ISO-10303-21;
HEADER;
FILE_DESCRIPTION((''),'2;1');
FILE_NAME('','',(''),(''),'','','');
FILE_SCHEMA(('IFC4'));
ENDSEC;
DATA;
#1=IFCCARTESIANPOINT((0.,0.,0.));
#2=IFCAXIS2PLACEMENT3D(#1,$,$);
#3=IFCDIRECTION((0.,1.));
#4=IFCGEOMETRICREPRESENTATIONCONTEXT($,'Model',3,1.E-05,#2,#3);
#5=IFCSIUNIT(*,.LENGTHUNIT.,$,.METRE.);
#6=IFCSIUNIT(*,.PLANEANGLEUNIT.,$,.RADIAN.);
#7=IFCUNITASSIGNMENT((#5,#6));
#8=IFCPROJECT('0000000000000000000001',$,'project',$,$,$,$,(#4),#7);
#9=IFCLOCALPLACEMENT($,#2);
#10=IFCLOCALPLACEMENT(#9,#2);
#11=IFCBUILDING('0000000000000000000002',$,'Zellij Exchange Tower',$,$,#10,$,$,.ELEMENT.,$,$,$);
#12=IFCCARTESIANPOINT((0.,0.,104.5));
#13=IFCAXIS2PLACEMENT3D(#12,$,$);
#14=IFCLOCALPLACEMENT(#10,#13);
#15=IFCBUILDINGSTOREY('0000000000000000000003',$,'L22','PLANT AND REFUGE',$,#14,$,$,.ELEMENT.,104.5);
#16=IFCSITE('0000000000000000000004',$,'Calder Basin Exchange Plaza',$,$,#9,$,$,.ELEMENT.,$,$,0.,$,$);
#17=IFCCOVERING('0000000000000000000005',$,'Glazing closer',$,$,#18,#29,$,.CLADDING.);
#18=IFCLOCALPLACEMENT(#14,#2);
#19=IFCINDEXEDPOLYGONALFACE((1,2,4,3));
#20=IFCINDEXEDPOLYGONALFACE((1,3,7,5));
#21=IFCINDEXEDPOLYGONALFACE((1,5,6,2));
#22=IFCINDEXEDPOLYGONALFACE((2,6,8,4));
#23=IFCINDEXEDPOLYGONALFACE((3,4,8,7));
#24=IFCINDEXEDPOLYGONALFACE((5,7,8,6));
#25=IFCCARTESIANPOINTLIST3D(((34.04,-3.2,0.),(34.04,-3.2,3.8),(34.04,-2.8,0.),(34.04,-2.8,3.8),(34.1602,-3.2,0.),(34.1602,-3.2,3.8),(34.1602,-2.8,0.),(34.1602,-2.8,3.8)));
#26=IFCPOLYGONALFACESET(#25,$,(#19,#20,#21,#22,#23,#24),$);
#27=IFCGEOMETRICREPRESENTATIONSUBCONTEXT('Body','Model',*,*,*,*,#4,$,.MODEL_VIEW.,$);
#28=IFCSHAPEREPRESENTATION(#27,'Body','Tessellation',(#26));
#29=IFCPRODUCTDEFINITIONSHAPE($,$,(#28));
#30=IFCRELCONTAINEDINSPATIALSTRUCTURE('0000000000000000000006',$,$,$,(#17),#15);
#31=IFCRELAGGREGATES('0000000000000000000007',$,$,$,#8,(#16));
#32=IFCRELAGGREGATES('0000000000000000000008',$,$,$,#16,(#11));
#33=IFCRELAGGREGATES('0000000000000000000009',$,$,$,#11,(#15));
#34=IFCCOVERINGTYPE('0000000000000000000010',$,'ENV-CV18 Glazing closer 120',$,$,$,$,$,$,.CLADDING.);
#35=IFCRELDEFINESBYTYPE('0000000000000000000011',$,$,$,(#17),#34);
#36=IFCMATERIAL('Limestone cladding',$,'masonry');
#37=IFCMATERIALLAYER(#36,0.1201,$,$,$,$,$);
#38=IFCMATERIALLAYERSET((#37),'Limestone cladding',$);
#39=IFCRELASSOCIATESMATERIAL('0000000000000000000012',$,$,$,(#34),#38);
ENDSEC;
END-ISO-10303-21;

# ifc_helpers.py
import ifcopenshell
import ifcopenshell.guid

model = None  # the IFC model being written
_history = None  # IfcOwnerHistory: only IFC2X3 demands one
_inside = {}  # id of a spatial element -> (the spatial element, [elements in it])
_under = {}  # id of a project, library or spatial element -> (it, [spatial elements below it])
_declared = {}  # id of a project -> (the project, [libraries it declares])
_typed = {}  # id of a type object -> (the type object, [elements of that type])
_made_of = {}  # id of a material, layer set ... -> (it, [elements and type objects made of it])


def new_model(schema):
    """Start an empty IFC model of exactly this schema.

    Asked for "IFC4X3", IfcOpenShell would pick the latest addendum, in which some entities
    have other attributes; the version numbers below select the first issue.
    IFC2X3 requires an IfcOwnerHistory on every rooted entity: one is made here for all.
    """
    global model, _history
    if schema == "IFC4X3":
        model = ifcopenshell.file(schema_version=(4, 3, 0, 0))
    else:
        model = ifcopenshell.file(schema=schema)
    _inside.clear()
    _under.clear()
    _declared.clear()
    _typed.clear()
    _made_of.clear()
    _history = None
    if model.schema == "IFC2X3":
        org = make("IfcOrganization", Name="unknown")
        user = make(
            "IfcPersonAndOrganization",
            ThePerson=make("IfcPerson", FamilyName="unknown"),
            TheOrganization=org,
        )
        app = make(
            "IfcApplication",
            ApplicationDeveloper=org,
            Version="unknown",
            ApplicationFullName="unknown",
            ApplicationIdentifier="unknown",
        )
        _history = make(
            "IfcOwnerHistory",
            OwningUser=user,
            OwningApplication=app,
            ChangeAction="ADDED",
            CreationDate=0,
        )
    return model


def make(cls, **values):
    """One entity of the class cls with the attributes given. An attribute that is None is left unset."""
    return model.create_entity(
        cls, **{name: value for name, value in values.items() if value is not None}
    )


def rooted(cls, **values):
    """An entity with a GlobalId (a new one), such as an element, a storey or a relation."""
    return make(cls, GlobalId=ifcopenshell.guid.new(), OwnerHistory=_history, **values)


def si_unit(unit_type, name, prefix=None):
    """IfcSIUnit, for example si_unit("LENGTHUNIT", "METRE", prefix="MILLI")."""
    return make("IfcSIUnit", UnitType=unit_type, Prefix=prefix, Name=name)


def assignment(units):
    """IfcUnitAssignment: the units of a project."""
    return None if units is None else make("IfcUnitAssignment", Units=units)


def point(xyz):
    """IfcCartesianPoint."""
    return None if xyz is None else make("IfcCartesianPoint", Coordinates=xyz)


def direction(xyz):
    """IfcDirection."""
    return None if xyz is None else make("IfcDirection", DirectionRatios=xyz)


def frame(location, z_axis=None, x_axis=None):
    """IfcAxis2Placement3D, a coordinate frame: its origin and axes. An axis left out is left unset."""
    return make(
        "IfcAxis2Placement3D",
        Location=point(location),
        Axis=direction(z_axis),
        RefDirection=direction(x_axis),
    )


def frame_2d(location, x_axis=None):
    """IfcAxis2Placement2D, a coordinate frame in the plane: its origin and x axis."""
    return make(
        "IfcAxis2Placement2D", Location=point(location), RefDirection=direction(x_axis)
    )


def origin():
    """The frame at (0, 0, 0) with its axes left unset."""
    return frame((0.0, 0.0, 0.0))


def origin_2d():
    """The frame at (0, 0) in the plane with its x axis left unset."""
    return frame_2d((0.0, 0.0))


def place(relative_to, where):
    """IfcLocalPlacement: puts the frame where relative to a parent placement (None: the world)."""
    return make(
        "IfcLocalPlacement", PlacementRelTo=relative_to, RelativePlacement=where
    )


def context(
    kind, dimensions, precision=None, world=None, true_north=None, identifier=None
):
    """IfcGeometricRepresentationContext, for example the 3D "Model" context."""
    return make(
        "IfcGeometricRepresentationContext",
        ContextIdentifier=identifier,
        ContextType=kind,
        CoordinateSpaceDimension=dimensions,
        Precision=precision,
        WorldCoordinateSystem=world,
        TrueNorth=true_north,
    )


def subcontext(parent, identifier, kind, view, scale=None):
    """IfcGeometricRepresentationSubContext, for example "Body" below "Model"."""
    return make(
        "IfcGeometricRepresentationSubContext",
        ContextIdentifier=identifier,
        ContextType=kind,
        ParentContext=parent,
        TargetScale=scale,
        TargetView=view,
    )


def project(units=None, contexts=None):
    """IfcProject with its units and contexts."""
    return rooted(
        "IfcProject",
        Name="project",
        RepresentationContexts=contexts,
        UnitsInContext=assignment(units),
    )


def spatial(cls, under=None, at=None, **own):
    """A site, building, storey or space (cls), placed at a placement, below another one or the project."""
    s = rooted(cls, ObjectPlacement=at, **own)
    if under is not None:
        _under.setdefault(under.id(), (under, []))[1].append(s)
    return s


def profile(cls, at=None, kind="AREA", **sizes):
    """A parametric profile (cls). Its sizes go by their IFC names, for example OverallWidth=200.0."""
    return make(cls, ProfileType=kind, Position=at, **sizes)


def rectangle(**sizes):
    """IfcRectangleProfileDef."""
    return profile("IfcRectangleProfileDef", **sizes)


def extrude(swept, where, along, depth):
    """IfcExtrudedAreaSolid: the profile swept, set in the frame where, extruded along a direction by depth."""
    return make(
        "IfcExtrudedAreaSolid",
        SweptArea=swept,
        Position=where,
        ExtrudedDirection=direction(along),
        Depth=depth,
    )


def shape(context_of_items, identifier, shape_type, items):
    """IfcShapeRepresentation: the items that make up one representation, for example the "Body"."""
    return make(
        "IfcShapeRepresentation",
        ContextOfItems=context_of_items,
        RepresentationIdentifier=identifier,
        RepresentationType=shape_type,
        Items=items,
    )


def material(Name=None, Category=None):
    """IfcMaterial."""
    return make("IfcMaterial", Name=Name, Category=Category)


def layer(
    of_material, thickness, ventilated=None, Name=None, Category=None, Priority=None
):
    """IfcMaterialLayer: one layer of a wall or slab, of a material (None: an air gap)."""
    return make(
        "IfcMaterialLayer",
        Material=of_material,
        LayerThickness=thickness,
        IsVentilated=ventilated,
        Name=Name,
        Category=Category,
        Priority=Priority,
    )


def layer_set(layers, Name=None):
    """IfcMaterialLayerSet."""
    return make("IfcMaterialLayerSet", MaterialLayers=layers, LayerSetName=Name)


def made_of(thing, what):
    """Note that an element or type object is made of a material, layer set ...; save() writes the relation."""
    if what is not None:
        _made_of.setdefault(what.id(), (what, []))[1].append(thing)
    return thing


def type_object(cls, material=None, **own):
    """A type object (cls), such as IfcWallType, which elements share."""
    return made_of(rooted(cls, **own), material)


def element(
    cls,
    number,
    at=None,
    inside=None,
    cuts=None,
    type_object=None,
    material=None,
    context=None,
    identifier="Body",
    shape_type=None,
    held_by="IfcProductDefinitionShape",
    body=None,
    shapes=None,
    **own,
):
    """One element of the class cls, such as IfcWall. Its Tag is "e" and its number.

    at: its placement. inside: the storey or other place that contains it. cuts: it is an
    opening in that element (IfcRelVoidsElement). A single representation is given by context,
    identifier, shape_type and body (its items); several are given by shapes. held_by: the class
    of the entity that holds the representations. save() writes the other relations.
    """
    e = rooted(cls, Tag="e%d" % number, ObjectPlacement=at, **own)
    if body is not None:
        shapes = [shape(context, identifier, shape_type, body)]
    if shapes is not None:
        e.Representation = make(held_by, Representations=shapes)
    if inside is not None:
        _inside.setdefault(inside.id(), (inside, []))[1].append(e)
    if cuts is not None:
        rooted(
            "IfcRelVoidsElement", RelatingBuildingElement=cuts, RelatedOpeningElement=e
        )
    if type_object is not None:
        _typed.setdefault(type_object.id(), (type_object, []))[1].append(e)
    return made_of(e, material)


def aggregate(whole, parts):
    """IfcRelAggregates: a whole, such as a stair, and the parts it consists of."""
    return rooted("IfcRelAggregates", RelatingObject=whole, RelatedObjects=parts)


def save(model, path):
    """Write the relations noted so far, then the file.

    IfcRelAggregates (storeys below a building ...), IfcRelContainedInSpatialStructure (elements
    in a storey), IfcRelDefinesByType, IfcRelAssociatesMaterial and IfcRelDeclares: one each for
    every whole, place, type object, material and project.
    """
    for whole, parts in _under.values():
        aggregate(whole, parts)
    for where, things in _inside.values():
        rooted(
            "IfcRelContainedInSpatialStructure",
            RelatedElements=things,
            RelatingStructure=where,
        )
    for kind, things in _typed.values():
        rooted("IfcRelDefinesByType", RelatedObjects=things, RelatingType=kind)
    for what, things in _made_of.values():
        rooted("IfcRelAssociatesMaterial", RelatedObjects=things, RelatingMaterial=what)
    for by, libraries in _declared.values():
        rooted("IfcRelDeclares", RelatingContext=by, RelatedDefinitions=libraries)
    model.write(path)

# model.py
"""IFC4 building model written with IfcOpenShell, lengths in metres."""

from ifc_helpers import new_model, si_unit, direction, frame, origin, origin_2d, place, context, subcontext, project, spatial, rectangle, extrude, material, layer, layer_set, type_object, element, save


model = new_model("IFC4")

# Units and contexts
model_context = context("Model", 3, precision=1e-05, world=origin(), true_north=direction((0.0, 1.0)))
body_context = subcontext(model_context, "Body", "Model", "MODEL_VIEW")
ifc_project = project(units=[si_unit("LENGTHUNIT", "METRE"), si_unit("PLANEANGLEUNIT", "RADIAN")], contexts=[model_context])

# Site, building, storey
site_placement = place(None, origin())
site = spatial("IfcSite", under=ifc_project, at=site_placement, Name="Calder Basin Exchange Plaza", CompositionType="ELEMENT", RefElevation=0.0)
building_placement = place(site_placement, origin())
building = spatial("IfcBuilding", under=site, at=building_placement, Name="Zellij Exchange Tower", CompositionType="ELEMENT")
storey_placement = place(building_placement, frame((0.0, 0.0, 104.5)))
storey = spatial("IfcBuildingStorey", under=building, at=storey_placement, Name="L22", Description="PLANT AND REFUGE", CompositionType="ELEMENT", Elevation=104.5)

# Covering
ifc_material_1 = material(Name="Limestone cladding", Category="masonry")
ifc_layer_1 = layer(ifc_material_1, 0.1201)
ifc_layer_set_1 = layer_set([ifc_layer_1], Name="Limestone cladding")
covering_type = type_object("IfcCoveringType", Name="ENV-CV18 Glazing closer 120", PredefinedType="CLADDING", material=ifc_layer_set_1)
covering_placement = place(storey_placement, frame((34.1001, -3.0, 0.0), z_axis=(0.0, 0.0, 1.0), x_axis=(0.0, 1.0, 0.0)))
element("IfcCovering", 1, at=covering_placement, inside=storey, type_object=covering_type, Name="Glazing closer", PredefinedType="CLADDING", context=body_context, shape_type="SweptSolid", body=[
    extrude(rectangle(XDim=0.3999, YDim=0.1201, at=origin_2d()), origin(), (0.0, 0.0, 1.0), 3.8),
])

save(model, "model.ifc")
